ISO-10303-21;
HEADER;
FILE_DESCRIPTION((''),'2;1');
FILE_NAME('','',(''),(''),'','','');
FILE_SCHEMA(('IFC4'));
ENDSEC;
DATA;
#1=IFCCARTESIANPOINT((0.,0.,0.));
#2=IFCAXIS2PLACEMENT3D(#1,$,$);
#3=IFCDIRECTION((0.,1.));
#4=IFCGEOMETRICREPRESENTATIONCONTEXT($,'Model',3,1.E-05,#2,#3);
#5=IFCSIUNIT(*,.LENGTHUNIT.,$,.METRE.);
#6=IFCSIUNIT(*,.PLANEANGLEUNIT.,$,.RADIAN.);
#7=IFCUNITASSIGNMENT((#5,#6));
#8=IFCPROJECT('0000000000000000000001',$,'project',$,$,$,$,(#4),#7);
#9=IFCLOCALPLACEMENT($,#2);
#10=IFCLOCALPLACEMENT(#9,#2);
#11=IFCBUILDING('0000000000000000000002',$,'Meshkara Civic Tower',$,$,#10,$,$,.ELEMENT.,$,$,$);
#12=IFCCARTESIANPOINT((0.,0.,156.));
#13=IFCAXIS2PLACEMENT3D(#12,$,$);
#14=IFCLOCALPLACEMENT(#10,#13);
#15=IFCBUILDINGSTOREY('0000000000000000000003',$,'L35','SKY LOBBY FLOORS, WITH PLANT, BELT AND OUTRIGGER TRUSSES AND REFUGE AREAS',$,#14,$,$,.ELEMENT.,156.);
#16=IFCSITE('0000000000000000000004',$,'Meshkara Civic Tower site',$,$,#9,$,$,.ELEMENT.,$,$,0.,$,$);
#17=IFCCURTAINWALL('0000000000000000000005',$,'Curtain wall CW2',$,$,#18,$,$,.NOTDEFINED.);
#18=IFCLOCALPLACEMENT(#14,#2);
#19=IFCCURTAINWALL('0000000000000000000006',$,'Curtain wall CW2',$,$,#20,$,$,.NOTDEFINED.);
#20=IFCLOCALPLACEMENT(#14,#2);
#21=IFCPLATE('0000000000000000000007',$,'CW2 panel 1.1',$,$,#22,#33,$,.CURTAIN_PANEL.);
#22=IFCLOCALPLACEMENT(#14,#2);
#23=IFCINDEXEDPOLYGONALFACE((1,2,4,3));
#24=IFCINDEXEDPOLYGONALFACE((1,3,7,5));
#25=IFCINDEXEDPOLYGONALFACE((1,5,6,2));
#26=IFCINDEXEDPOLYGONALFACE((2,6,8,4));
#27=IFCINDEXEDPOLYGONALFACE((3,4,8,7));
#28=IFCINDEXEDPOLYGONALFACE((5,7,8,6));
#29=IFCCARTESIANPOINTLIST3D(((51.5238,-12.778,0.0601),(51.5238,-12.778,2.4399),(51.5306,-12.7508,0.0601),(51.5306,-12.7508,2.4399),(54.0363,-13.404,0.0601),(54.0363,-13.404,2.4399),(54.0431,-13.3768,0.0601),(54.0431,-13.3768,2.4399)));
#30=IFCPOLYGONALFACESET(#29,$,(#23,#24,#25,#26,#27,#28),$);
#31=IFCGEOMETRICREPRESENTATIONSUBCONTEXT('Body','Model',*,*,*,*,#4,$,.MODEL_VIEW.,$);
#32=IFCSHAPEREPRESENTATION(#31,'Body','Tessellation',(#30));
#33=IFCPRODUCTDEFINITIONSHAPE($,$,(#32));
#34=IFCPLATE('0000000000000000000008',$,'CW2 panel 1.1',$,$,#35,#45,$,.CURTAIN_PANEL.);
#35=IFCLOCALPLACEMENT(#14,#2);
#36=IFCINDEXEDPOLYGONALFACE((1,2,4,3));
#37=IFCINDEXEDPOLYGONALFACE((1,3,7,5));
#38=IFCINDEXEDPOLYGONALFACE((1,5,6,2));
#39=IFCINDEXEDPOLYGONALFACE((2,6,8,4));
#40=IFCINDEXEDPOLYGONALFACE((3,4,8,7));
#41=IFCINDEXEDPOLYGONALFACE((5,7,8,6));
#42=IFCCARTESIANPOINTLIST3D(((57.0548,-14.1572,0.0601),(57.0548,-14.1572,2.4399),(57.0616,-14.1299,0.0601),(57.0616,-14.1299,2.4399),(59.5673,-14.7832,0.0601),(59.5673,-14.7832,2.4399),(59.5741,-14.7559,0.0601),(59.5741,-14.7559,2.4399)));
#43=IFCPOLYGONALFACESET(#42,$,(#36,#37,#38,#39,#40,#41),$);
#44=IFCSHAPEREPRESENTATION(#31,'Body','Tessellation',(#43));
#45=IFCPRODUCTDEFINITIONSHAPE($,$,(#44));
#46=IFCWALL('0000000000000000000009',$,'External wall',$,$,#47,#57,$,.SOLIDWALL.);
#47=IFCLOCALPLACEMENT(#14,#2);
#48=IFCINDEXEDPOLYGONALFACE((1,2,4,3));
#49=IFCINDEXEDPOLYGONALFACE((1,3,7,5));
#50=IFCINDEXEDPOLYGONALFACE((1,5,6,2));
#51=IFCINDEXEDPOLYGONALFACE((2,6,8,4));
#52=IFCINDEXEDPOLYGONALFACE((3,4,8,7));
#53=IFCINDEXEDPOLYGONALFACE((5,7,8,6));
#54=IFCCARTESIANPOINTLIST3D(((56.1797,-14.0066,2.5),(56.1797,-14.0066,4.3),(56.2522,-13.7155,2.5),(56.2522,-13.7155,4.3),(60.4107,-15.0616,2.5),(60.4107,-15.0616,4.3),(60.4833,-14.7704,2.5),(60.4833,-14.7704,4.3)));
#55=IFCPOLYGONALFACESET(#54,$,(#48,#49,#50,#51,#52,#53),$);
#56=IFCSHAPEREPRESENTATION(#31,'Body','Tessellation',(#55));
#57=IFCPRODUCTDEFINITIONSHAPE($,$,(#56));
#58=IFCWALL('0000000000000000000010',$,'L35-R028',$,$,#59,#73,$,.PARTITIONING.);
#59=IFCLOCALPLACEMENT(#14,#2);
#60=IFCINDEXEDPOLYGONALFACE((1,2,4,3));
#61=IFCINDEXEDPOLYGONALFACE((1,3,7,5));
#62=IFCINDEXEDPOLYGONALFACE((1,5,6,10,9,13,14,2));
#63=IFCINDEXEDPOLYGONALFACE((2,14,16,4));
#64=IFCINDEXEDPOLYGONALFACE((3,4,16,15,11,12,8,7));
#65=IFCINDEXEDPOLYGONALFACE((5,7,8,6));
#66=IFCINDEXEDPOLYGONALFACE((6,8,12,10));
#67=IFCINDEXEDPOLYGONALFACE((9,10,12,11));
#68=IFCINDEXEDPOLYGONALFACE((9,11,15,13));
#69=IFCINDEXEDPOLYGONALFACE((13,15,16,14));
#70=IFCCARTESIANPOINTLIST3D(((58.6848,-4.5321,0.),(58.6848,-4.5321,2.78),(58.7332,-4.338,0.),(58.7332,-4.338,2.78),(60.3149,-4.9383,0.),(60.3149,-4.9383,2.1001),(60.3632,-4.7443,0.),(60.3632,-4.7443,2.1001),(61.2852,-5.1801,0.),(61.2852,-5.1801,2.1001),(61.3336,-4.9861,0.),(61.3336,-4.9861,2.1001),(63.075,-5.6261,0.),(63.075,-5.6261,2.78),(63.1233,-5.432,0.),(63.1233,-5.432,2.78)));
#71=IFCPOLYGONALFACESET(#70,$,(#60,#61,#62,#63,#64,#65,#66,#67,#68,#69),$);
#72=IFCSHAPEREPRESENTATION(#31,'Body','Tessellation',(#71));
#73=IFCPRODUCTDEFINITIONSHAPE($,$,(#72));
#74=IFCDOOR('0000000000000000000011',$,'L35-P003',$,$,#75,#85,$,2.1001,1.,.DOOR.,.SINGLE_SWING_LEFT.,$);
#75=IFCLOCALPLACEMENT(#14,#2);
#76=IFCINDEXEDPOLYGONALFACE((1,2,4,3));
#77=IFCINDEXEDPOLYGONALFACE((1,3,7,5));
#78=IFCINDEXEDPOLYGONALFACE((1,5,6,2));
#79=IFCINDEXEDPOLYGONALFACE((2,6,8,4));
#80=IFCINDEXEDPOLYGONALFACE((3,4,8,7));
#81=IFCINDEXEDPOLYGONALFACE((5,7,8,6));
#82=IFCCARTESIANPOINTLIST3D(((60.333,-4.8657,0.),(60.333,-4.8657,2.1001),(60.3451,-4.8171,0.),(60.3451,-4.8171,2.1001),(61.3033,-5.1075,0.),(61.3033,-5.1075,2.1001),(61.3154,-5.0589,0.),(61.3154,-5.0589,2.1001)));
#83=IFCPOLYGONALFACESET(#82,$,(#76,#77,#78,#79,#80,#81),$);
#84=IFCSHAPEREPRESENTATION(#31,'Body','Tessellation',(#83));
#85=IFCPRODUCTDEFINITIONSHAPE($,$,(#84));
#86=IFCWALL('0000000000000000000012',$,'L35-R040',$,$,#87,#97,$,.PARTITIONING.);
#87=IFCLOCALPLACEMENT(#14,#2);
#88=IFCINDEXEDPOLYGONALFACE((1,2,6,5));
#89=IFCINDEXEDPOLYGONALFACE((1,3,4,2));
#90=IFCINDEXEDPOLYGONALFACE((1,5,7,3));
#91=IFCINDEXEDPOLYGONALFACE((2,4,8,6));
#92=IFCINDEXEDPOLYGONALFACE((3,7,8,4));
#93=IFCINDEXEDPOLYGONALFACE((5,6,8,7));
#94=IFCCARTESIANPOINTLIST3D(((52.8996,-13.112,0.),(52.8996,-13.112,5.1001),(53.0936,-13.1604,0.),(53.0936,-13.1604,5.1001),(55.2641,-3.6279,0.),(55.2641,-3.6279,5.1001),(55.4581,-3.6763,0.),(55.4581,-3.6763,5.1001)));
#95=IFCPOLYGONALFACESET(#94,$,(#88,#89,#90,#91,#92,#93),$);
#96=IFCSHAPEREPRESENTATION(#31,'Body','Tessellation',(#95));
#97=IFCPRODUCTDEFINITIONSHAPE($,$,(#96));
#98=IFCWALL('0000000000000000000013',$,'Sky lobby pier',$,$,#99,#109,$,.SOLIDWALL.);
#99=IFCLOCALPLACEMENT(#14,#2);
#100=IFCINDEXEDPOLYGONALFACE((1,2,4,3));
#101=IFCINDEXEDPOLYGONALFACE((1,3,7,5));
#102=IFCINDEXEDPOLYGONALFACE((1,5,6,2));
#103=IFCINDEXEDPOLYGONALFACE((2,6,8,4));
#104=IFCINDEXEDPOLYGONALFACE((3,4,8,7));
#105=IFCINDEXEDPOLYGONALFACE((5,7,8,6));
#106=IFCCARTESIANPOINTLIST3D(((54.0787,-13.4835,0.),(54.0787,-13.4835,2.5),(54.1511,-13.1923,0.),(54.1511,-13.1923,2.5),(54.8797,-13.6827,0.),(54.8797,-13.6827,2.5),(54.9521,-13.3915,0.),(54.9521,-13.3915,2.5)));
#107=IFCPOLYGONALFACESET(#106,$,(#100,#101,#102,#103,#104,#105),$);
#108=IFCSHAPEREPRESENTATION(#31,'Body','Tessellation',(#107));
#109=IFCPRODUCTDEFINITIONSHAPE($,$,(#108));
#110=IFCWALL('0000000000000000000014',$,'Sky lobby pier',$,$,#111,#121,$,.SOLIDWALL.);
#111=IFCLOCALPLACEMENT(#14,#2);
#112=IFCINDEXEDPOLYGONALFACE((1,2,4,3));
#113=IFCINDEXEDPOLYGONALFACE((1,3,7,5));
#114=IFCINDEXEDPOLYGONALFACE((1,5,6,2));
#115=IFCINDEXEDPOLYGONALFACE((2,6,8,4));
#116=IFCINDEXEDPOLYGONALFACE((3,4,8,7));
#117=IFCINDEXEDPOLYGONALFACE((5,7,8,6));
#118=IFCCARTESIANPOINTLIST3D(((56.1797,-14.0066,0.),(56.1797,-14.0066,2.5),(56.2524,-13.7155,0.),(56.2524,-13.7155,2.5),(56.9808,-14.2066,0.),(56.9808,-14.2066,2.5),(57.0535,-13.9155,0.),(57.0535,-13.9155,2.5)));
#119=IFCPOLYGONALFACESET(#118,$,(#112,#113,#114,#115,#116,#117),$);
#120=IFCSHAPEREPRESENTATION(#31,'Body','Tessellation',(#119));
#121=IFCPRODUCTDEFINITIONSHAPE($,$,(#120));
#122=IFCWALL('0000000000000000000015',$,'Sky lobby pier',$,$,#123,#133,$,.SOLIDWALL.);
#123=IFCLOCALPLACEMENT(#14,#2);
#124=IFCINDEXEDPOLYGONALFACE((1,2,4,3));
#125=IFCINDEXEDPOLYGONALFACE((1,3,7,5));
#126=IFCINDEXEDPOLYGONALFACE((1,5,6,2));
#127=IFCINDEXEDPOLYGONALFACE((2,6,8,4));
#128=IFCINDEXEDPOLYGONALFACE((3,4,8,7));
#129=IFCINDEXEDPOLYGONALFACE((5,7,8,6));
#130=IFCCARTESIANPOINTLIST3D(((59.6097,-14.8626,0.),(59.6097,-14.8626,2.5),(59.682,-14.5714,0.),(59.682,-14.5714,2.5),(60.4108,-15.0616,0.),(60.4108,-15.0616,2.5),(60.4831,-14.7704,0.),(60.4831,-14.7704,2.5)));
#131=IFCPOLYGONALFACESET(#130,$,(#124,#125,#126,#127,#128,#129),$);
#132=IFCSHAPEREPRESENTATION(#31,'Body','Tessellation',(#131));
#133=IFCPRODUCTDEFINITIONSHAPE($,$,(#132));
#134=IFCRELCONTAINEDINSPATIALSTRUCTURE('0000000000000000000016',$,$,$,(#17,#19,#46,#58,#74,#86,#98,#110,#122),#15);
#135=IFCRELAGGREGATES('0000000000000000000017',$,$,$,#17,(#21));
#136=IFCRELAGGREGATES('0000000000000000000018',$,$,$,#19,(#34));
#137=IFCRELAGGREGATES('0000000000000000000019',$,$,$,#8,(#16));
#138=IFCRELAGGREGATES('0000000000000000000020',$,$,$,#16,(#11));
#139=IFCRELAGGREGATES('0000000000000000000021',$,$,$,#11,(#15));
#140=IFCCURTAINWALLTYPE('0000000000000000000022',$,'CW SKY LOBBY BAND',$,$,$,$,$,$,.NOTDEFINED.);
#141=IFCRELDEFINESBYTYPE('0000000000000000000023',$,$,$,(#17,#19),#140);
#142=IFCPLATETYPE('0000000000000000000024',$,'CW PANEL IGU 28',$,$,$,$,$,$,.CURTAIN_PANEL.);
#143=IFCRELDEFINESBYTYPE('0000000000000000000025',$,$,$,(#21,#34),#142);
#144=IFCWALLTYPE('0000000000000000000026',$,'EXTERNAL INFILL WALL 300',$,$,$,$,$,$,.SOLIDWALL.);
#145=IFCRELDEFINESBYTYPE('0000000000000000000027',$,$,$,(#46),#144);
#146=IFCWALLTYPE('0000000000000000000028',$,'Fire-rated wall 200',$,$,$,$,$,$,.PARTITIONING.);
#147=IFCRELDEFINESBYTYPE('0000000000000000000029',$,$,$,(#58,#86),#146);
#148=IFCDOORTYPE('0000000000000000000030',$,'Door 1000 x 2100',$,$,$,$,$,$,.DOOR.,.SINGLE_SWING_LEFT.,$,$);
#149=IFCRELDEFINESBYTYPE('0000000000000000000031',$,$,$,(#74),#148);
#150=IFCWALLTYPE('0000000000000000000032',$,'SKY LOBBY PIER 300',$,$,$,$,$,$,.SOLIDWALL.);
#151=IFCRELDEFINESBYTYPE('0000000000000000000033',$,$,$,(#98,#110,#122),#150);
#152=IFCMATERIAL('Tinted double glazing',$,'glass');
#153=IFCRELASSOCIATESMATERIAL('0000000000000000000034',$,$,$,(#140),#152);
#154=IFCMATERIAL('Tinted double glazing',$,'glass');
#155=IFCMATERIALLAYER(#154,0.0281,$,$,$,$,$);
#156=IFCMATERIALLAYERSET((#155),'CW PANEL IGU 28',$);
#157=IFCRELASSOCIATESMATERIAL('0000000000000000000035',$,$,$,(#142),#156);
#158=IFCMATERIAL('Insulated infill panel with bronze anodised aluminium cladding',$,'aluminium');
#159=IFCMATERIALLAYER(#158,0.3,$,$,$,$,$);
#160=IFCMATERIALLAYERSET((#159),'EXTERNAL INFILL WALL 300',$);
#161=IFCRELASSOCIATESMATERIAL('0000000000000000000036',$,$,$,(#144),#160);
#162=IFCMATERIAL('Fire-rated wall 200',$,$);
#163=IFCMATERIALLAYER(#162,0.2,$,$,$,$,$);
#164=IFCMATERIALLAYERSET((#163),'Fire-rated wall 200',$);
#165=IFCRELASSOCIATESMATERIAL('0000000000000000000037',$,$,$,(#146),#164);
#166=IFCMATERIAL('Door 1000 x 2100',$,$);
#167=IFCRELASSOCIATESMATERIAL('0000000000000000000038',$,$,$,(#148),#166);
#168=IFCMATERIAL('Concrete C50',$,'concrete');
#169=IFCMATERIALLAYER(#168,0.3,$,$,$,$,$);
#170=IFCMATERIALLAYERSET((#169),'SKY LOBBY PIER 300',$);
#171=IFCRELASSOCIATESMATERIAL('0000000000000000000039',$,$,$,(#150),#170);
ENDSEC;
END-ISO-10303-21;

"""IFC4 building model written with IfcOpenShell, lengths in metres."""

from ifc_helpers import new_model, si_unit, direction, frame, frame_2d, origin, origin_2d, place, context, subcontext, project, spatial, rectangle, extrude, material, layer, layer_set, type_object, element, fill, aggregate, save


model = new_model("IFC4")

# Units and contexts
model_context = context("Model", 3, precision=1e-05, world=origin(), true_north=direction((0.0, 1.0)))
body_context = subcontext(model_context, "Body", "Model", "MODEL_VIEW")
ifc_project = project(units=[si_unit("LENGTHUNIT", "METRE"), si_unit("PLANEANGLEUNIT", "RADIAN")], contexts=[model_context])

# Site, building, storey
site_placement = place(None, origin())
site = spatial("IfcSite", under=ifc_project, at=site_placement, Name="Meshkara Civic Tower site", CompositionType="ELEMENT", RefElevation=0.0)
building_placement = place(site_placement, origin())
building = spatial("IfcBuilding", under=site, at=building_placement, Name="Meshkara Civic Tower", CompositionType="ELEMENT")
storey_placement = place(building_placement, frame((0.0, 0.0, 156.0)))
storey = spatial("IfcBuildingStorey", under=building, at=storey_placement, Name="L35", Description="SKY LOBBY FLOORS, WITH PLANT, BELT AND OUTRIGGER TRUSSES AND REFUGE AREAS", CompositionType="ELEMENT", Elevation=156.0)

# Curtain wall
ifc_material_1 = material(Name="Tinted double glazing", Category="glass")
curtain_wall_type = type_object("IfcCurtainWallType", Name="CW SKY LOBBY BAND", PredefinedType="NOTDEFINED", material=ifc_material_1)
curtain_wall_1_placement = place(storey_placement, origin())
curtain_wall_1 = element("IfcCurtainWall", 1, at=curtain_wall_1_placement, inside=storey, type_object=curtain_wall_type, Name="Curtain wall CW2", PredefinedType="NOTDEFINED")

# Curtain wall
curtain_wall_2_placement = place(storey_placement, origin())
curtain_wall_2 = element("IfcCurtainWall", 2, at=curtain_wall_2_placement, inside=storey, type_object=curtain_wall_type, Name="Curtain wall CW2", PredefinedType="NOTDEFINED")

# Plates
ifc_material_2 = material(Name="Tinted double glazing", Category="glass")
ifc_layer_1 = layer(ifc_material_2, 0.0281)
ifc_layer_set_1 = layer_set([ifc_layer_1], Name="CW PANEL IGU 28")
plate_type = type_object("IfcPlateType", Name="CW PANEL IGU 28", PredefinedType="CURTAIN_PANEL", material=ifc_layer_set_1)
plate_1_placement = place(storey_placement, frame((52.7834, -13.0774, 0.0601), z_axis=(0.0, 0.0, 1.0), x_axis=(0.970338, -0.241754, 0.0)))
plate_1 = element("IfcPlate", 3, at=plate_1_placement, type_object=plate_type, Name="CW2 panel 1.1", PredefinedType="CURTAIN_PANEL", context=body_context, shape_type="SweptSolid", body=[
    extrude(rectangle(XDim=2.5894, YDim=0.0281, at=origin_2d()), origin(), (0.0, 0.0, 1.0), 2.3799),
])
aggregate(curtain_wall_1, [plate_1])
plate_2_placement = place(storey_placement, frame((58.3145, -14.4565, 0.0601), z_axis=(0.0, 0.0, 1.0), x_axis=(0.970338, -0.241754, 0.0)))
plate_2 = element("IfcPlate", 4, at=plate_2_placement, type_object=plate_type, Name="CW2 panel 1.1", PredefinedType="CURTAIN_PANEL", context=body_context, shape_type="SweptSolid", body=[
    extrude(rectangle(XDim=2.5894, YDim=0.0281, at=origin_2d()), origin(), (0.0, 0.0, 1.0), 2.3799),
])
aggregate(curtain_wall_2, [plate_2])

# Wall
ifc_material_3 = material(Name="Insulated infill panel with bronze anodised aluminium cladding", Category="aluminium")
ifc_layer_2 = layer(ifc_material_3, 0.3)
ifc_layer_set_2 = layer_set([ifc_layer_2], Name="EXTERNAL INFILL WALL 300")
wall_type_1 = type_object("IfcWallType", Name="EXTERNAL INFILL WALL 300", PredefinedType="SOLIDWALL", material=ifc_layer_set_2)
wall_1_placement = place(storey_placement, frame((56.2161, -13.8611, 2.5), z_axis=(0.0, 0.0, 1.0), x_axis=(0.970294, -0.24193, 0.0)))
element("IfcWall", 5, at=wall_1_placement, inside=storey, type_object=wall_type_1, Name="External wall", PredefinedType="SOLIDWALL", context=body_context, shape_type="SweptSolid", body=[
    extrude(rectangle(XDim=4.3606, YDim=0.3, at=frame_2d((2.1802, 0.0))), origin(), (0.0, 0.0, 1.0), 1.8),
])

# Wall, opening, door
ifc_material_4 = material(Name="Fire-rated wall 200")
ifc_layer_3 = layer(ifc_material_4, 0.2)
ifc_layer_set_3 = layer_set([ifc_layer_3], Name="Fire-rated wall 200")
wall_type_2 = type_object("IfcWallType", Name="Fire-rated wall 200", PredefinedType="PARTITIONING", material=ifc_layer_set_3)
wall_2_placement = place(storey_placement, frame((58.709, -4.4351, 0.0), z_axis=(0.0, 0.0, 1.0), x_axis=(0.970326, -0.241799, 0.0)))
wall_2 = element("IfcWall", 6, at=wall_2_placement, inside=storey, type_object=wall_type_2, Name="L35-R028", PredefinedType="PARTITIONING", context=body_context, shape_type="SweptSolid", body=[
    extrude(rectangle(XDim=4.5244, YDim=0.2, at=frame_2d((2.2622, 0.0))), origin(), (0.0, 0.0, 1.0), 2.78),
])
opening_placement = place(wall_2_placement, frame((1.6799, 0.0, 0.0)))
opening = element("IfcOpeningElement", 7, at=opening_placement, cuts=wall_2, PredefinedType="OPENING", context=body_context, shape_type="SweptSolid", body=[
    extrude(rectangle(XDim=1.0, YDim=2.1001, at=frame_2d((0.5, 1.05))), frame((0.0, 0.1099, 0.0), z_axis=(0.0, -1.0, 0.0), x_axis=(1.0, 0.0, 0.0)), (0.0, 0.0, 1.0), 0.22),
])
ifc_material_5 = material(Name="Door 1000 x 2100")
door_type = type_object("IfcDoorType", Name="Door 1000 x 2100", OperationType="SINGLE_SWING_LEFT", PredefinedType="DOOR", material=ifc_material_5)
door_placement = place(opening_placement, origin())
door = element("IfcDoor", 8, at=door_placement, inside=storey, type_object=door_type, Name="L35-P003", OperationType="SINGLE_SWING_LEFT", OverallHeight=2.1001, OverallWidth=1.0, PredefinedType="DOOR", context=body_context, shape_type="SweptSolid", body=[
    extrude(rectangle(XDim=1.0, YDim=2.1001, at=frame_2d((0.5, 1.05))), frame((0.0, 0.0249, 0.0), z_axis=(0.0, -1.0, 0.0), x_axis=(1.0, 0.0, 0.0)), (0.0, 0.0, 1.0), 0.05),
])
fill(opening, door)

# Walls
wall_3_placement = place(storey_placement, frame((52.9966, -13.1362, 0.0), z_axis=(0.0, 0.0, 1.0), x_axis=(0.241907, 0.9703, 0.0)))
element("IfcWall", 9, at=wall_3_placement, inside=storey, type_object=wall_type_2, Name="L35-R040", PredefinedType="PARTITIONING", context=body_context, shape_type="SweptSolid", body=[
    extrude(rectangle(XDim=9.7744, YDim=0.2, at=frame_2d((4.8872, 0.0))), origin(), (0.0, 0.0, 1.0), 5.1001),
])
ifc_material_6 = material(Name="Concrete C50", Category="concrete")
ifc_layer_4 = layer(ifc_material_6, 0.3)
ifc_layer_set_4 = layer_set([ifc_layer_4], Name="SKY LOBBY PIER 300")
wall_type_3 = type_object("IfcWallType", Name="SKY LOBBY PIER 300", PredefinedType="SOLIDWALL", material=ifc_layer_set_4)
wall_4_placement = place(storey_placement, frame((54.115, -13.3379, 0.0), z_axis=(0.0, 0.0, 1.0), x_axis=(0.970438, -0.241352, 0.0)))
element("IfcWall", 10, at=wall_4_placement, inside=storey, type_object=wall_type_3, Name="Sky lobby pier", PredefinedType="SOLIDWALL", context=body_context, shape_type="SweptSolid", body=[
    extrude(rectangle(XDim=0.8254, YDim=0.3, at=frame_2d((0.4126, 0.0))), origin(), (0.0, 0.0, 1.0), 2.5),
])
wall_5_placement = place(storey_placement, frame((56.2161, -13.8611, 0.0), z_axis=(0.0, 0.0, 1.0), x_axis=(0.970229, -0.242188, 0.0)))
element("IfcWall", 11, at=wall_5_placement, inside=storey, type_object=wall_type_3, Name="Sky lobby pier", PredefinedType="SOLIDWALL", context=body_context, shape_type="SweptSolid", body=[
    extrude(rectangle(XDim=0.8257, YDim=0.3, at=frame_2d((0.4128, 0.0))), origin(), (0.0, 0.0, 1.0), 2.5),
])
wall_6_placement = place(storey_placement, frame((59.646, -14.717, 0.0), z_axis=(0.0, 0.0, 1.0), x_axis=(0.970507, -0.241074, 0.0)))
element("IfcWall", 12, at=wall_6_placement, inside=storey, type_object=wall_type_3, Name="Sky lobby pier", PredefinedType="SOLIDWALL", context=body_context, shape_type="SweptSolid", body=[
    extrude(rectangle(XDim=0.8254, YDim=0.3, at=frame_2d((0.4126, 0.0))), origin(), (0.0, 0.0, 1.0), 2.5),
])

save(model, "model.ifc")
